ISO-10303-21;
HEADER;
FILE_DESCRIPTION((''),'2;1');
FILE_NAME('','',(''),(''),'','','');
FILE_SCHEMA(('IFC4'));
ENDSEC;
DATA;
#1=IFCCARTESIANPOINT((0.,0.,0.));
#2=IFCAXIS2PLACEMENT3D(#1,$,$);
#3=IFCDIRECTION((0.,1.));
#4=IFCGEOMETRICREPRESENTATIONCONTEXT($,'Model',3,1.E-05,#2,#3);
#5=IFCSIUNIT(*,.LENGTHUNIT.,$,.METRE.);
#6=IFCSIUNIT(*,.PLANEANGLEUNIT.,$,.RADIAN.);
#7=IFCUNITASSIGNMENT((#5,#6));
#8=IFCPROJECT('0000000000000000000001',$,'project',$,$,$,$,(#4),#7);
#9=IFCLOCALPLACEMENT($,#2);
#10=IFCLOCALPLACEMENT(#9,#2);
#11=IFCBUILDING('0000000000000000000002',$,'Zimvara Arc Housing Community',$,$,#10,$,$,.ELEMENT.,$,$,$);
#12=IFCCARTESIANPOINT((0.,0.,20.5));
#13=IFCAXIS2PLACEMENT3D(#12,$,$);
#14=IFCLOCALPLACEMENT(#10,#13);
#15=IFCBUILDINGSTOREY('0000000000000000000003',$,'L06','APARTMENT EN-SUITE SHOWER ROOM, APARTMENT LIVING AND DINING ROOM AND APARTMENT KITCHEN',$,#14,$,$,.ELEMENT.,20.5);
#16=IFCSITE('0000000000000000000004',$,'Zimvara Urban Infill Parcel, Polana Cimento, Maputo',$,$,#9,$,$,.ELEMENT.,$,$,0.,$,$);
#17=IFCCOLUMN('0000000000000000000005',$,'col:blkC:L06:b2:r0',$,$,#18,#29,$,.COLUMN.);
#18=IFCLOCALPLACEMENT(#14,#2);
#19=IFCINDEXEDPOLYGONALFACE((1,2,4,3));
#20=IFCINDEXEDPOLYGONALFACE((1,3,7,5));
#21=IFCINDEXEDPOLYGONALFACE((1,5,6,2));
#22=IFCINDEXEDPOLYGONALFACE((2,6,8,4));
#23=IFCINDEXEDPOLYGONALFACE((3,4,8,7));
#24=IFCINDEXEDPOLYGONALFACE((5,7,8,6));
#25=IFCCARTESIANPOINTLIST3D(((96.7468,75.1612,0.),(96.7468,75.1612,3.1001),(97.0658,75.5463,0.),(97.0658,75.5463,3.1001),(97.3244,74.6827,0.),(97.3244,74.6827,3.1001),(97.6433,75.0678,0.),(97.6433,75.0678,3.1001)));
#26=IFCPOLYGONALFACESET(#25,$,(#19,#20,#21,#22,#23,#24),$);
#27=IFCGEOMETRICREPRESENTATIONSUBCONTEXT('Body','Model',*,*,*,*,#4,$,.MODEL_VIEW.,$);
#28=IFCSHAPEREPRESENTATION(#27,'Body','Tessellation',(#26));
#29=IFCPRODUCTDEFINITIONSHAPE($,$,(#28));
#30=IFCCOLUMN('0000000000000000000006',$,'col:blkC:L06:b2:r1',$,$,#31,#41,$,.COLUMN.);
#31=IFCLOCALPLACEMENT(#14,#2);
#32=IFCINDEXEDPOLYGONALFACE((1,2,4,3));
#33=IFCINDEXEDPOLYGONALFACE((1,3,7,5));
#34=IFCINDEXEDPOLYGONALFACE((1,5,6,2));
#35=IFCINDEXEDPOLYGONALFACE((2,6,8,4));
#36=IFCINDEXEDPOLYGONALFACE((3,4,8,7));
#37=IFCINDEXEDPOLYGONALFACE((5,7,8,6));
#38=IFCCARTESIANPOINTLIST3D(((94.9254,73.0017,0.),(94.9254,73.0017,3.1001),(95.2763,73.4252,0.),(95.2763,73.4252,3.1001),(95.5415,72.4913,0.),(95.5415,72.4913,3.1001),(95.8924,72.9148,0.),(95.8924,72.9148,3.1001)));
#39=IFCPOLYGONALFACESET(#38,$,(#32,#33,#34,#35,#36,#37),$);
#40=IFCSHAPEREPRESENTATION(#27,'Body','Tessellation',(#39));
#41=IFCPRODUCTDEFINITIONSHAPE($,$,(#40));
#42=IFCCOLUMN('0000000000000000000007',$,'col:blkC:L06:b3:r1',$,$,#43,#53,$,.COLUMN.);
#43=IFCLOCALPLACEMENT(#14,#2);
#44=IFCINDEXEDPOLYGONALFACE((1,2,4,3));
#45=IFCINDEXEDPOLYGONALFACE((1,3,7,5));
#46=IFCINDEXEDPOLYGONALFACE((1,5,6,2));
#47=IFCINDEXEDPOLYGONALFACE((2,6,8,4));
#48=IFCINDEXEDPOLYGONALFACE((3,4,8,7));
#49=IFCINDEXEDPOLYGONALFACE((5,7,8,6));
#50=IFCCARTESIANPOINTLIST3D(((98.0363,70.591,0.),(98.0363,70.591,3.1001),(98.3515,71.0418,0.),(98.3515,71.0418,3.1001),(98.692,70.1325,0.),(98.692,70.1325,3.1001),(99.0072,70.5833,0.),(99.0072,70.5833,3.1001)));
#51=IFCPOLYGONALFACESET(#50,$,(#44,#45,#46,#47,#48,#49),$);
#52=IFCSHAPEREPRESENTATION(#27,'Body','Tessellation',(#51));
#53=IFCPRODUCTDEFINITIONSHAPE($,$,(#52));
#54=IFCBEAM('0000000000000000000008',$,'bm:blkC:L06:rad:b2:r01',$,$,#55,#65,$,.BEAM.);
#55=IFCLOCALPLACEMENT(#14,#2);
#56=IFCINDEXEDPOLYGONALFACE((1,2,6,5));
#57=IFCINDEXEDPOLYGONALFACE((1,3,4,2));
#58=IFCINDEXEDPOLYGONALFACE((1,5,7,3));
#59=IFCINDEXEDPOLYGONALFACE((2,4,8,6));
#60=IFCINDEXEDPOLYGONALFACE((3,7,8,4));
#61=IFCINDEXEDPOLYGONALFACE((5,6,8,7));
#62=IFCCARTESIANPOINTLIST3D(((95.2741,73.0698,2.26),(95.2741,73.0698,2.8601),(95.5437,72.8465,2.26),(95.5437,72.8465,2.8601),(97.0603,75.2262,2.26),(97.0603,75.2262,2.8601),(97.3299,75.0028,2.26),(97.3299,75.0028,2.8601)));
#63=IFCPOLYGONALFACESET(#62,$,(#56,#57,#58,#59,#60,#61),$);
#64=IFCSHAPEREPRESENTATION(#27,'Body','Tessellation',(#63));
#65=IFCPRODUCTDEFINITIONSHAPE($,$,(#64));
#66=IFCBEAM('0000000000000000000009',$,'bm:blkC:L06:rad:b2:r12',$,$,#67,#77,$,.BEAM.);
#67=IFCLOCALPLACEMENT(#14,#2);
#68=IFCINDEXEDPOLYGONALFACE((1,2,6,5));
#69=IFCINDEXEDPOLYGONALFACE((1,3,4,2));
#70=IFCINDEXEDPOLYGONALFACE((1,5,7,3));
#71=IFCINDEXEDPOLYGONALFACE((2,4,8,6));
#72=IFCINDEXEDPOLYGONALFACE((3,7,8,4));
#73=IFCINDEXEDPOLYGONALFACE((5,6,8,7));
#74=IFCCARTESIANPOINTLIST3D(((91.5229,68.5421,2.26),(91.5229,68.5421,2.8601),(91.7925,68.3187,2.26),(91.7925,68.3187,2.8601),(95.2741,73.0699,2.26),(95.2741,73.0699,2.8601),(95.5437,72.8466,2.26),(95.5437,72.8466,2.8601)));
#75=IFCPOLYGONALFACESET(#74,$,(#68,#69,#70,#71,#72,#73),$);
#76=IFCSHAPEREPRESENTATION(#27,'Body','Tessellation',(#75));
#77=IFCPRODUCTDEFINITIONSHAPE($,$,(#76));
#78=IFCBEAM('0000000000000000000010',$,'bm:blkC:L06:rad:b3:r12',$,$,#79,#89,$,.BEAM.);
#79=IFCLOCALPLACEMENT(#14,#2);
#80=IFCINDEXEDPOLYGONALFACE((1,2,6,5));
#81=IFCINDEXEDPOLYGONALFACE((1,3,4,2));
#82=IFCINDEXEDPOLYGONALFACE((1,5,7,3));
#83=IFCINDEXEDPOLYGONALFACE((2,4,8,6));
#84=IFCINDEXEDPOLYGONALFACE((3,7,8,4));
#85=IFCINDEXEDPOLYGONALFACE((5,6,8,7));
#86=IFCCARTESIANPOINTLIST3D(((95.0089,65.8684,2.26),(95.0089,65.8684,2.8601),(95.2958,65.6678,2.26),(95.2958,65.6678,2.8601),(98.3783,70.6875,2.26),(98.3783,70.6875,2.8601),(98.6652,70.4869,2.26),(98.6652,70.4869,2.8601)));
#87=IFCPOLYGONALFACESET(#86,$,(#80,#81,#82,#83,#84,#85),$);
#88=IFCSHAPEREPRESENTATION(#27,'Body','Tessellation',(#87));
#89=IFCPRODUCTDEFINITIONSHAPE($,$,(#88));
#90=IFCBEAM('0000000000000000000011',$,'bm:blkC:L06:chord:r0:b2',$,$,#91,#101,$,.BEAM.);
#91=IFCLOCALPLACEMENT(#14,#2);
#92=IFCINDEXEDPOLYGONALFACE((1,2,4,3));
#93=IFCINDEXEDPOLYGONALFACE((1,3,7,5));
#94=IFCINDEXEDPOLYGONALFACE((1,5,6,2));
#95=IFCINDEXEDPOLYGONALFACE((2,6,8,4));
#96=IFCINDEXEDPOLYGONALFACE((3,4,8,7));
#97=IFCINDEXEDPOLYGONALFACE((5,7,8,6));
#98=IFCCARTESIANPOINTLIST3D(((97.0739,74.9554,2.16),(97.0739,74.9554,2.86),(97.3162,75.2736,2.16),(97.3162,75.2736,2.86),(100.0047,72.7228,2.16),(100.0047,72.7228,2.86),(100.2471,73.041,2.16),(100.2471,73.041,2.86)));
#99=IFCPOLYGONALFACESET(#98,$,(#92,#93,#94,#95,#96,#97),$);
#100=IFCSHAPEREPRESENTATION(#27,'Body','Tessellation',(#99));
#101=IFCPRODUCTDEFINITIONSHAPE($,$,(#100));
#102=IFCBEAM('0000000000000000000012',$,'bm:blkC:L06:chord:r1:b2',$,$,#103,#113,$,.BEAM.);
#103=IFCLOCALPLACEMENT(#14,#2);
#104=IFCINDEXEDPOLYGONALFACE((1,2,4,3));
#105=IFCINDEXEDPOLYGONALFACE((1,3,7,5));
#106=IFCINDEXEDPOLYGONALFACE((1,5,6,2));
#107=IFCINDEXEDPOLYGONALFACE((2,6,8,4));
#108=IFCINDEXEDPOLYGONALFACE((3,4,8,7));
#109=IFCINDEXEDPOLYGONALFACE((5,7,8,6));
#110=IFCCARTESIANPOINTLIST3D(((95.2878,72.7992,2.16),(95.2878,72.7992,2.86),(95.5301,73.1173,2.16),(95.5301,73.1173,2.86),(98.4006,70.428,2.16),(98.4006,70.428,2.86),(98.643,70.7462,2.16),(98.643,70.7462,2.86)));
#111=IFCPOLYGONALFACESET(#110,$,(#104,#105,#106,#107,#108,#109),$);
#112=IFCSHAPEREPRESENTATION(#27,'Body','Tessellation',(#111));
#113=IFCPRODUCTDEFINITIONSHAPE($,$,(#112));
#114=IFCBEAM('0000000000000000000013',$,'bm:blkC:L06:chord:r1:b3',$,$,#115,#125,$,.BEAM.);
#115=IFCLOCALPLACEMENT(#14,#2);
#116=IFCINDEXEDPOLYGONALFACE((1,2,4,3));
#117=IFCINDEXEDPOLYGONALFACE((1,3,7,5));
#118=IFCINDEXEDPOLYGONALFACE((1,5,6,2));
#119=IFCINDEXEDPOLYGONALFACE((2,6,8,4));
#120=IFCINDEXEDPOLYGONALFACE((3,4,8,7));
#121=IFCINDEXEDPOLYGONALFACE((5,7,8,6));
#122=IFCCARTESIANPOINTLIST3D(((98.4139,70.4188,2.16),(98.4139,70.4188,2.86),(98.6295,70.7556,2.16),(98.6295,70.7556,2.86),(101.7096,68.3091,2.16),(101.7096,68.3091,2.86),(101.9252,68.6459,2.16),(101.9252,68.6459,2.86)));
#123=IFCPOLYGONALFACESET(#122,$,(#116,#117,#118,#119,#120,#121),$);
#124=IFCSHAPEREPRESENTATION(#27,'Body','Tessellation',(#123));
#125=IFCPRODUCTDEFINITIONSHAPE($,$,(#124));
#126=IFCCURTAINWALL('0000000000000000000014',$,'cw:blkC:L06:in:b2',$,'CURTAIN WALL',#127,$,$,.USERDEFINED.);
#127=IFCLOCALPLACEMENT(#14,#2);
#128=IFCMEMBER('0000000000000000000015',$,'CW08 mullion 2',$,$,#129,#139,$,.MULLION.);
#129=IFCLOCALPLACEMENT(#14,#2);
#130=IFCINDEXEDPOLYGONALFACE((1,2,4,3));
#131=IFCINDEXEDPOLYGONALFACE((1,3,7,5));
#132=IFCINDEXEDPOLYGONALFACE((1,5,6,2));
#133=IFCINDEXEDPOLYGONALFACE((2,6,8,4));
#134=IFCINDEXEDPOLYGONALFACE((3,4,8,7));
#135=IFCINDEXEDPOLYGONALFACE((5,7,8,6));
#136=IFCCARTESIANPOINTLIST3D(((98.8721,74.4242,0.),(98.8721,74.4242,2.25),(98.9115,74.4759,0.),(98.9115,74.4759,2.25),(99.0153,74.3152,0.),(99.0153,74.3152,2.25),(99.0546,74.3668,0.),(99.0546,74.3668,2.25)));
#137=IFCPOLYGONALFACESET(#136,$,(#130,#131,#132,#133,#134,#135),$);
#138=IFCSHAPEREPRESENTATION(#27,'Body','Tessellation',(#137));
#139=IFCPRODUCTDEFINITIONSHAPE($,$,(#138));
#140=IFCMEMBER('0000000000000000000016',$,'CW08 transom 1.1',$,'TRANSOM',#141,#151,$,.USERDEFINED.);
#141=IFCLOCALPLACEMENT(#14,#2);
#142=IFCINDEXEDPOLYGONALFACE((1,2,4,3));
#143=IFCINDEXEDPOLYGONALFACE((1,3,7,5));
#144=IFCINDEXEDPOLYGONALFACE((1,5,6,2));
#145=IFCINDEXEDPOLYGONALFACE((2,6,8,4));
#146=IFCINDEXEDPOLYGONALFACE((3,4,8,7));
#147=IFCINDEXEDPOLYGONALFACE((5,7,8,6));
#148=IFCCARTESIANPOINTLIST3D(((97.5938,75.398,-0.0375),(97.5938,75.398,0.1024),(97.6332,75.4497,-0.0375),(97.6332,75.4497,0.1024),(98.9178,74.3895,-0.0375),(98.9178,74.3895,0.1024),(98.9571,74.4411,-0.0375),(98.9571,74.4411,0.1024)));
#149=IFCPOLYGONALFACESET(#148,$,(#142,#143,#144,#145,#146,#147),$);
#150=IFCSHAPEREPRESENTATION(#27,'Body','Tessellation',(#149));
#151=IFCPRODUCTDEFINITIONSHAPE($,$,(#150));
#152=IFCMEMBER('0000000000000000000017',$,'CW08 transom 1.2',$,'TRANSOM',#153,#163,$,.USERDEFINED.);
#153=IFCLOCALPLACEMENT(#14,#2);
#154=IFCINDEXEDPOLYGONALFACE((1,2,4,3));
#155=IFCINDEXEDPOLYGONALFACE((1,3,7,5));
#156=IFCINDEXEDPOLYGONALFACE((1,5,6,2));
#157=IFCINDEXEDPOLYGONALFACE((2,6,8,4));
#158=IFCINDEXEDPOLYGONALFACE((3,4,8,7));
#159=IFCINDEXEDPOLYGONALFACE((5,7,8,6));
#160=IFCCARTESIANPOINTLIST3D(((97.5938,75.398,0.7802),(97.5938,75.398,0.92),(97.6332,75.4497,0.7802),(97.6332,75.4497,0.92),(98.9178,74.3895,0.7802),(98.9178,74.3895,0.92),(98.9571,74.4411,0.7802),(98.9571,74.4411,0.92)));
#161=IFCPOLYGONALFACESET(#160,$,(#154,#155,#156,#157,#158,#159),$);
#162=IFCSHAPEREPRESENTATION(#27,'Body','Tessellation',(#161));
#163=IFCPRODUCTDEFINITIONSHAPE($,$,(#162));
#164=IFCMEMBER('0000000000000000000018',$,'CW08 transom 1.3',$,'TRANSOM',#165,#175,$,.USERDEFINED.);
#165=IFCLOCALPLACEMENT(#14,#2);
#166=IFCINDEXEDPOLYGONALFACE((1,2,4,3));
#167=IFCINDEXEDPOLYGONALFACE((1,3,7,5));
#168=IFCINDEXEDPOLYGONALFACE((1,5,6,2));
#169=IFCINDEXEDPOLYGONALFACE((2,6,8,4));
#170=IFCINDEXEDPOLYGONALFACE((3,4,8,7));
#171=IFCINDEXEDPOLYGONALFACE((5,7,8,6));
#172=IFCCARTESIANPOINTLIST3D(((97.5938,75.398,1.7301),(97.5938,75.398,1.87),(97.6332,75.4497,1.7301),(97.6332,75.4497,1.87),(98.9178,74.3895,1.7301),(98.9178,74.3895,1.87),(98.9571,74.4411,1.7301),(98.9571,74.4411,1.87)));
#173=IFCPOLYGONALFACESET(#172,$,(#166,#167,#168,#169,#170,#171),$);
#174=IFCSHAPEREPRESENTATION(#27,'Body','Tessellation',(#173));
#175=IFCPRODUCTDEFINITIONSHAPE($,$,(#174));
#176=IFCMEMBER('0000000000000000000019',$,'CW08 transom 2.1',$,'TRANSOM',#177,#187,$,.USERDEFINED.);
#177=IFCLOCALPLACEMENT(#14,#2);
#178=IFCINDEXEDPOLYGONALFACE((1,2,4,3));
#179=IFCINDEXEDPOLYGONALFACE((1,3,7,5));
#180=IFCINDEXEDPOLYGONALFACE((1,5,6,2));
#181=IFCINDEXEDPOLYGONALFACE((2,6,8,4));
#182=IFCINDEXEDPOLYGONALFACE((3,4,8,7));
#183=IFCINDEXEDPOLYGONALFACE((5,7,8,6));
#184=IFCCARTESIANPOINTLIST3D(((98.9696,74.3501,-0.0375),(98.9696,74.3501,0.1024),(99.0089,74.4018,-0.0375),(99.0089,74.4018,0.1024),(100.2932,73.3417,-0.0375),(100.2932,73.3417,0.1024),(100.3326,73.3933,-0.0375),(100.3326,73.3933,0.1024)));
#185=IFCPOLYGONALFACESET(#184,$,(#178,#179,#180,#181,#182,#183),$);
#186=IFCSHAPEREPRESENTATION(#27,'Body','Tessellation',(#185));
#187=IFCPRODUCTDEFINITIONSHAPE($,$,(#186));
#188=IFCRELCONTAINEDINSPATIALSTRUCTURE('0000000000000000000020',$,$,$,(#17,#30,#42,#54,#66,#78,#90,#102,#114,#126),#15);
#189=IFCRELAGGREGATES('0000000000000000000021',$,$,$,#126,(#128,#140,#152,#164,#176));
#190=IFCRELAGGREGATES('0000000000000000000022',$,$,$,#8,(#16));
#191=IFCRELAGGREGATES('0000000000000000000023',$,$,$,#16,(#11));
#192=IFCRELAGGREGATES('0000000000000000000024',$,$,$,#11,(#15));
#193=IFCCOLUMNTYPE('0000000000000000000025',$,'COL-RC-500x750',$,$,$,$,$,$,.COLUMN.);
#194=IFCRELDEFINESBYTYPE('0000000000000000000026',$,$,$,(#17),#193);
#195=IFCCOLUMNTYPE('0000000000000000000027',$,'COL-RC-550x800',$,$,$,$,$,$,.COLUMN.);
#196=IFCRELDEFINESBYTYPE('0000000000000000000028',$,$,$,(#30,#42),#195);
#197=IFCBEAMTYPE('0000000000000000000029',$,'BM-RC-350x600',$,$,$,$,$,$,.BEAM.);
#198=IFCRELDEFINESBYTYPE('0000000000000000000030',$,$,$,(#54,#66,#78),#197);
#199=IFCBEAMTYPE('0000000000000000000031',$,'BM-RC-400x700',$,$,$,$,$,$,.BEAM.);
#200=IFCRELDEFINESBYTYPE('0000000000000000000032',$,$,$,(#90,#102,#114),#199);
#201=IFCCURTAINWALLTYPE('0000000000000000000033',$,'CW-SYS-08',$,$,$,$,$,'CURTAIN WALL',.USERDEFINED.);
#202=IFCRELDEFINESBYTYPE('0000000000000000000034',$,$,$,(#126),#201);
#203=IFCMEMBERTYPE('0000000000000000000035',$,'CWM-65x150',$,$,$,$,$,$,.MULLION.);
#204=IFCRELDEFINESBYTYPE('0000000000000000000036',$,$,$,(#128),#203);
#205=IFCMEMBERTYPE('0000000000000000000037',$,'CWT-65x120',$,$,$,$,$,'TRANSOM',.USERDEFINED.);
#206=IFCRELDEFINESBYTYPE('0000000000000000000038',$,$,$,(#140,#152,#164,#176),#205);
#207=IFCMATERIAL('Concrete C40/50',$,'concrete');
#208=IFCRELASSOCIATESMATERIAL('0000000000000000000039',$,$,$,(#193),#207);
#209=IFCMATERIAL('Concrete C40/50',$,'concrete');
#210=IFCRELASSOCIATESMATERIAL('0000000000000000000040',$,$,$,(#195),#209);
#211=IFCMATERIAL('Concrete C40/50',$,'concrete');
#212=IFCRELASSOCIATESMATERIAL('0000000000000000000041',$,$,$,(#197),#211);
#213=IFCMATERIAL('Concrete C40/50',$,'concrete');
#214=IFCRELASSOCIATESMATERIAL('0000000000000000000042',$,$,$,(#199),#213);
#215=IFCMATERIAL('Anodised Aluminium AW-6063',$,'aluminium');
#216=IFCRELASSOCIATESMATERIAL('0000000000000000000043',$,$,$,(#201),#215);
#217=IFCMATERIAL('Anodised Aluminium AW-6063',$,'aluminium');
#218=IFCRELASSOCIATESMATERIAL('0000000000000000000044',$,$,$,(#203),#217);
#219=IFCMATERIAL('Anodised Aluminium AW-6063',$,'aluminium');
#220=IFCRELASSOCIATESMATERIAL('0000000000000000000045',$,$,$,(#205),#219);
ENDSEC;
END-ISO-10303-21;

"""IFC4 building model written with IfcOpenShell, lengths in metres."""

from ifc_helpers import new_model, si_unit, direction, frame, origin, origin_2d, place, context, subcontext, project, spatial, rectangle, extrude, material, material_profile, profile_set, type_object, element, aggregate, save


model = new_model("IFC4")

# Units and contexts
model_context = context("Model", 3, precision=1e-05, world=origin(), true_north=direction((0.0, 1.0)))
body_context = subcontext(model_context, "Body", "Model", "MODEL_VIEW")
ifc_project = project(units=[si_unit("LENGTHUNIT", "METRE"), si_unit("PLANEANGLEUNIT", "RADIAN")], contexts=[model_context])

# Site, building, storey
site_placement = place(None, origin())
site = spatial("IfcSite", under=ifc_project, at=site_placement, Name="Zimvara Urban Infill Parcel, Polana Cimento, Maputo", CompositionType="ELEMENT", RefElevation=0.0)
building_placement = place(site_placement, origin())
building = spatial("IfcBuilding", under=site, at=building_placement, Name="Zimvara Arc Housing Community", CompositionType="ELEMENT")
storey_placement = place(building_placement, frame((0.0, 0.0, 20.5)))
storey = spatial("IfcBuildingStorey", under=building, at=storey_placement, Name="L06", Description="APARTMENT EN-SUITE SHOWER ROOM, APARTMENT LIVING AND DINING ROOM AND APARTMENT KITCHEN", CompositionType="ELEMENT", Elevation=20.5)

# Columns
ifc_material_1 = material(Name="Concrete C40/50", Category="concrete")
ifc_material_profile_1 = material_profile(ifc_material_1, rectangle(XDim=0.5, YDim=0.75, at=origin_2d()), Name="RC 500x750")
ifc_profile_set_1 = profile_set([ifc_material_profile_1], Name="Concrete C40/50")
column_type_1 = type_object("IfcColumnType", Name="COL-RC-500x750", PredefinedType="COLUMN", material=ifc_profile_set_1)
column_placement = place(storey_placement, frame((97.1951, 75.1145, 0.0), z_axis=(0.0, 0.0, 1.0), x_axis=(-0.637962, -0.770068, 0.0)))
element("IfcColumn", 1, at=column_placement, inside=storey, type_object=column_type_1, Name="col:blkC:L06:b2:r0", PredefinedType="COLUMN", context=body_context, shape_type="SweptSolid", body=[
    extrude(rectangle(XDim=0.5, YDim=0.75, at=origin_2d()), origin(), (0.0, 0.0, 1.0), 3.1001),
])
ifc_material_2 = material(Name="Concrete C40/50", Category="concrete")
ifc_material_profile_2 = material_profile(ifc_material_2, rectangle(XDim=0.55, YDim=0.8, at=origin_2d()), Name="RC 550x800")
ifc_profile_set_2 = profile_set([ifc_material_profile_2], Name="Concrete C40/50")
column_type_2 = type_object("IfcColumnType", Name="COL-RC-550x800", PredefinedType="COLUMN", material=ifc_profile_set_2)
for number, where, z_axis, x_axis, name in (
    (2, (95.4089, 72.9583, 0.0), (0.0, 0.0, 1.0), (-0.637962, -0.770068, 0.0), "col:blkC:L06:b2:r1"),
    (3, (98.5217, 70.5872, 0.0), (0.0, 0.0, 1.0), (-0.573004, -0.819552, 0.0), "col:blkC:L06:b3:r1"),
):
    element("IfcColumn", number, at=place(storey_placement, frame(where, z_axis=z_axis, x_axis=x_axis)), inside=storey, type_object=column_type_2, Name=name, PredefinedType="COLUMN", context=body_context, shape_type="SweptSolid", body=[
        extrude(rectangle(XDim=0.55, YDim=0.8, at=origin_2d()), origin(), (0.0, 0.0, 1.0), 3.1001),
    ])

# Beams
ifc_material_3 = material(Name="Concrete C40/50", Category="concrete")
ifc_material_profile_3 = material_profile(ifc_material_3, rectangle(XDim=0.3501, YDim=0.6001, at=origin_2d()), Name="RC 350x600")
ifc_profile_set_3 = profile_set([ifc_material_profile_3], Name="Concrete C40/50")
beam_type_1 = type_object("IfcBeamType", Name="BM-RC-350x600", PredefinedType="BEAM", material=ifc_profile_set_3)
beam_1_placement = place(storey_placement, frame((97.1951, 75.1145, 2.5601), z_axis=(-0.637917, -0.770105, 0.0), x_axis=(0.770105, -0.637917, 0.0)))
element("IfcBeam", 4, at=beam_1_placement, inside=storey, type_object=beam_type_1, Name="bm:blkC:L06:rad:b2:r01", PredefinedType="BEAM", context=body_context, shape_type="SweptSolid", body=[
    extrude(rectangle(XDim=0.3501, YDim=0.6001, at=origin_2d()), origin(), (0.0, 0.0, 1.0), 2.8),
])
beam_2_placement = place(storey_placement, frame((95.4089, 72.9583, 2.5601), z_axis=(-0.637976, -0.770056, 0.0), x_axis=(0.770056, -0.637976, 0.0)))
element("IfcBeam", 5, at=beam_2_placement, inside=storey, type_object=beam_type_1, Name="bm:blkC:L06:rad:b2:r12", PredefinedType="BEAM", context=body_context, shape_type="SweptSolid", body=[
    extrude(rectangle(XDim=0.3501, YDim=0.6001, at=origin_2d()), origin(), (0.0, 0.0, 1.0), 5.8799),
])
beam_3_placement = place(storey_placement, frame((98.5217, 70.5872, 2.5601), z_axis=(-0.573008, -0.81955, 0.0), x_axis=(0.81955, -0.573008, 0.0)))
element("IfcBeam", 6, at=beam_3_placement, inside=storey, type_object=beam_type_1, Name="bm:blkC:L06:rad:b3:r12", PredefinedType="BEAM", context=body_context, shape_type="SweptSolid", body=[
    extrude(rectangle(XDim=0.3501, YDim=0.6001, at=origin_2d()), origin(), (0.0, 0.0, 1.0), 5.8801),
])
ifc_material_4 = material(Name="Concrete C40/50", Category="concrete")
ifc_material_profile_4 = material_profile(ifc_material_4, rectangle(XDim=0.3999, YDim=0.7, at=origin_2d()), Name="RC 400x700")
ifc_profile_set_4 = profile_set([ifc_material_profile_4], Name="Concrete C40/50")
beam_type_2 = type_object("IfcBeamType", Name="BM-RC-400x700", PredefinedType="BEAM", material=ifc_profile_set_4)
beam_4_placement = place(storey_placement, frame((97.1951, 75.1145, 2.51), z_axis=(0.795485, -0.605973, 0.0), x_axis=(0.605973, 0.795485, 0.0)))
element("IfcBeam", 7, at=beam_4_placement, inside=storey, type_object=beam_type_2, Name="bm:blkC:L06:chord:r0:b2", PredefinedType="BEAM", context=body_context, shape_type="SweptSolid", body=[
    extrude(rectangle(XDim=0.3999, YDim=0.7, at=origin_2d()), origin(), (0.0, 0.0, 1.0), 3.6843),
])
for number, where, z_axis, x_axis, name in (
    (8, (95.4089, 72.9583, 2.51), (0.7955, -0.605953, 0.0), (0.605953, 0.7955, 0.0), "bm:blkC:L06:chord:r1:b2"),
    (9, (98.5217, 70.5872, 2.51), (0.842225, -0.539126, 0.0), (0.539126, 0.842225, 0.0), "bm:blkC:L06:chord:r1:b3"),
):
    element("IfcBeam", number, at=place(storey_placement, frame(where, z_axis=z_axis, x_axis=x_axis)), inside=storey, type_object=beam_type_2, Name=name, PredefinedType="BEAM", context=body_context, shape_type="SweptSolid", body=[
        extrude(rectangle(XDim=0.3999, YDim=0.7, at=origin_2d()), origin(), (0.0, 0.0, 1.0), 3.9131),
    ])

# Curtain wall, members
ifc_material_5 = material(Name="Anodised Aluminium AW-6063", Category="aluminium")
curtain_wall_type = type_object("IfcCurtainWallType", Name="CW-SYS-08", ElementType="CURTAIN WALL", PredefinedType="USERDEFINED", material=ifc_material_5)
curtain_wall_placement = place(storey_placement, origin())
curtain_wall = element("IfcCurtainWall", 10, at=curtain_wall_placement, inside=storey, type_object=curtain_wall_type, Name="cw:blkC:L06:in:b2", ObjectType="CURTAIN WALL", PredefinedType="USERDEFINED")
ifc_material_6 = material(Name="Anodised Aluminium AW-6063", Category="aluminium")
ifc_material_profile_5 = material_profile(ifc_material_6, rectangle(XDim=0.0649, YDim=0.1799, at=origin_2d()), Name="ALU 65x180")
ifc_profile_set_5 = profile_set([ifc_material_profile_5], Name="Anodised Aluminium AW-6063")
member_type_1 = type_object("IfcMemberType", Name="CWM-65x150", PredefinedType="MULLION", material=ifc_profile_set_5)
member_1_placement = place(storey_placement, frame((98.9634, 74.3955, 0.0), z_axis=(0.0, 0.0, 1.0), x_axis=(0.605988, 0.795474, 0.0)))
member_1 = element("IfcMember", 11, at=member_1_placement, type_object=member_type_1, Name="CW08 mullion 2", PredefinedType="MULLION", context=body_context, shape_type="SweptSolid", body=[
    extrude(rectangle(XDim=0.0649, YDim=0.1799, at=origin_2d()), origin(), (0.0, 0.0, 1.0), 2.25),
])
ifc_material_7 = material(Name="Anodised Aluminium AW-6063", Category="aluminium")
ifc_material_profile_6 = material_profile(ifc_material_7, rectangle(XDim=0.0649, YDim=0.1399, at=origin_2d()), Name="ALU 65x140")
ifc_profile_set_6 = profile_set([ifc_material_profile_6], Name="Anodised Aluminium AW-6063")
member_type_2 = type_object("IfcMemberType", Name="CWT-65x120", ElementType="TRANSOM", PredefinedType="USERDEFINED", material=ifc_profile_set_6)
member_2_placement = place(storey_placement, frame((97.6135, 75.4238, 0.0325), z_axis=(0.795489, -0.605968, 0.0), x_axis=(0.605968, 0.795489, 0.0)))
member_2 = element("IfcMember", 12, at=member_2_placement, type_object=member_type_2, Name="CW08 transom 1.1", ObjectType="TRANSOM", PredefinedType="USERDEFINED", context=body_context, shape_type="SweptSolid", body=[
    extrude(rectangle(XDim=0.0649, YDim=0.1399, at=origin_2d()), origin(), (0.0, 0.0, 1.0), 1.6643),
])
member_3_placement = place(storey_placement, frame((97.6135, 75.4238, 0.8501), z_axis=(0.795489, -0.605968, 0.0), x_axis=(0.605968, 0.795489, 0.0)))
member_3 = element("IfcMember", 13, at=member_3_placement, type_object=member_type_2, Name="CW08 transom 1.2", ObjectType="TRANSOM", PredefinedType="USERDEFINED", context=body_context, shape_type="SweptSolid", body=[
    extrude(rectangle(XDim=0.0649, YDim=0.1399, at=origin_2d()), origin(), (0.0, 0.0, 1.0), 1.6643),
])
member_4_placement = place(storey_placement, frame((97.6135, 75.4238, 1.8), z_axis=(0.795489, -0.605968, 0.0), x_axis=(0.605968, 0.795489, 0.0)))
member_4 = element("IfcMember", 14, at=member_4_placement, type_object=member_type_2, Name="CW08 transom 1.3", ObjectType="TRANSOM", PredefinedType="USERDEFINED", context=body_context, shape_type="SweptSolid", body=[
    extrude(rectangle(XDim=0.0649, YDim=0.1399, at=origin_2d()), origin(), (0.0, 0.0, 1.0), 1.6643),
])
member_5_placement = place(storey_placement, frame((98.9893, 74.376, 0.0325), z_axis=(0.795435, -0.606039, 0.0), x_axis=(0.606039, 0.795435, 0.0)))
member_5 = element("IfcMember", 15, at=member_5_placement, type_object=member_type_2, Name="CW08 transom 2.1", ObjectType="TRANSOM", PredefinedType="USERDEFINED", context=body_context, shape_type="SweptSolid", body=[
    extrude(rectangle(XDim=0.0649, YDim=0.1399, at=origin_2d()), origin(), (0.0, 0.0, 1.0), 1.6641),
])
aggregate(curtain_wall, [member_1, member_2, member_3, member_4, member_5])

save(model, "model.ifc")
